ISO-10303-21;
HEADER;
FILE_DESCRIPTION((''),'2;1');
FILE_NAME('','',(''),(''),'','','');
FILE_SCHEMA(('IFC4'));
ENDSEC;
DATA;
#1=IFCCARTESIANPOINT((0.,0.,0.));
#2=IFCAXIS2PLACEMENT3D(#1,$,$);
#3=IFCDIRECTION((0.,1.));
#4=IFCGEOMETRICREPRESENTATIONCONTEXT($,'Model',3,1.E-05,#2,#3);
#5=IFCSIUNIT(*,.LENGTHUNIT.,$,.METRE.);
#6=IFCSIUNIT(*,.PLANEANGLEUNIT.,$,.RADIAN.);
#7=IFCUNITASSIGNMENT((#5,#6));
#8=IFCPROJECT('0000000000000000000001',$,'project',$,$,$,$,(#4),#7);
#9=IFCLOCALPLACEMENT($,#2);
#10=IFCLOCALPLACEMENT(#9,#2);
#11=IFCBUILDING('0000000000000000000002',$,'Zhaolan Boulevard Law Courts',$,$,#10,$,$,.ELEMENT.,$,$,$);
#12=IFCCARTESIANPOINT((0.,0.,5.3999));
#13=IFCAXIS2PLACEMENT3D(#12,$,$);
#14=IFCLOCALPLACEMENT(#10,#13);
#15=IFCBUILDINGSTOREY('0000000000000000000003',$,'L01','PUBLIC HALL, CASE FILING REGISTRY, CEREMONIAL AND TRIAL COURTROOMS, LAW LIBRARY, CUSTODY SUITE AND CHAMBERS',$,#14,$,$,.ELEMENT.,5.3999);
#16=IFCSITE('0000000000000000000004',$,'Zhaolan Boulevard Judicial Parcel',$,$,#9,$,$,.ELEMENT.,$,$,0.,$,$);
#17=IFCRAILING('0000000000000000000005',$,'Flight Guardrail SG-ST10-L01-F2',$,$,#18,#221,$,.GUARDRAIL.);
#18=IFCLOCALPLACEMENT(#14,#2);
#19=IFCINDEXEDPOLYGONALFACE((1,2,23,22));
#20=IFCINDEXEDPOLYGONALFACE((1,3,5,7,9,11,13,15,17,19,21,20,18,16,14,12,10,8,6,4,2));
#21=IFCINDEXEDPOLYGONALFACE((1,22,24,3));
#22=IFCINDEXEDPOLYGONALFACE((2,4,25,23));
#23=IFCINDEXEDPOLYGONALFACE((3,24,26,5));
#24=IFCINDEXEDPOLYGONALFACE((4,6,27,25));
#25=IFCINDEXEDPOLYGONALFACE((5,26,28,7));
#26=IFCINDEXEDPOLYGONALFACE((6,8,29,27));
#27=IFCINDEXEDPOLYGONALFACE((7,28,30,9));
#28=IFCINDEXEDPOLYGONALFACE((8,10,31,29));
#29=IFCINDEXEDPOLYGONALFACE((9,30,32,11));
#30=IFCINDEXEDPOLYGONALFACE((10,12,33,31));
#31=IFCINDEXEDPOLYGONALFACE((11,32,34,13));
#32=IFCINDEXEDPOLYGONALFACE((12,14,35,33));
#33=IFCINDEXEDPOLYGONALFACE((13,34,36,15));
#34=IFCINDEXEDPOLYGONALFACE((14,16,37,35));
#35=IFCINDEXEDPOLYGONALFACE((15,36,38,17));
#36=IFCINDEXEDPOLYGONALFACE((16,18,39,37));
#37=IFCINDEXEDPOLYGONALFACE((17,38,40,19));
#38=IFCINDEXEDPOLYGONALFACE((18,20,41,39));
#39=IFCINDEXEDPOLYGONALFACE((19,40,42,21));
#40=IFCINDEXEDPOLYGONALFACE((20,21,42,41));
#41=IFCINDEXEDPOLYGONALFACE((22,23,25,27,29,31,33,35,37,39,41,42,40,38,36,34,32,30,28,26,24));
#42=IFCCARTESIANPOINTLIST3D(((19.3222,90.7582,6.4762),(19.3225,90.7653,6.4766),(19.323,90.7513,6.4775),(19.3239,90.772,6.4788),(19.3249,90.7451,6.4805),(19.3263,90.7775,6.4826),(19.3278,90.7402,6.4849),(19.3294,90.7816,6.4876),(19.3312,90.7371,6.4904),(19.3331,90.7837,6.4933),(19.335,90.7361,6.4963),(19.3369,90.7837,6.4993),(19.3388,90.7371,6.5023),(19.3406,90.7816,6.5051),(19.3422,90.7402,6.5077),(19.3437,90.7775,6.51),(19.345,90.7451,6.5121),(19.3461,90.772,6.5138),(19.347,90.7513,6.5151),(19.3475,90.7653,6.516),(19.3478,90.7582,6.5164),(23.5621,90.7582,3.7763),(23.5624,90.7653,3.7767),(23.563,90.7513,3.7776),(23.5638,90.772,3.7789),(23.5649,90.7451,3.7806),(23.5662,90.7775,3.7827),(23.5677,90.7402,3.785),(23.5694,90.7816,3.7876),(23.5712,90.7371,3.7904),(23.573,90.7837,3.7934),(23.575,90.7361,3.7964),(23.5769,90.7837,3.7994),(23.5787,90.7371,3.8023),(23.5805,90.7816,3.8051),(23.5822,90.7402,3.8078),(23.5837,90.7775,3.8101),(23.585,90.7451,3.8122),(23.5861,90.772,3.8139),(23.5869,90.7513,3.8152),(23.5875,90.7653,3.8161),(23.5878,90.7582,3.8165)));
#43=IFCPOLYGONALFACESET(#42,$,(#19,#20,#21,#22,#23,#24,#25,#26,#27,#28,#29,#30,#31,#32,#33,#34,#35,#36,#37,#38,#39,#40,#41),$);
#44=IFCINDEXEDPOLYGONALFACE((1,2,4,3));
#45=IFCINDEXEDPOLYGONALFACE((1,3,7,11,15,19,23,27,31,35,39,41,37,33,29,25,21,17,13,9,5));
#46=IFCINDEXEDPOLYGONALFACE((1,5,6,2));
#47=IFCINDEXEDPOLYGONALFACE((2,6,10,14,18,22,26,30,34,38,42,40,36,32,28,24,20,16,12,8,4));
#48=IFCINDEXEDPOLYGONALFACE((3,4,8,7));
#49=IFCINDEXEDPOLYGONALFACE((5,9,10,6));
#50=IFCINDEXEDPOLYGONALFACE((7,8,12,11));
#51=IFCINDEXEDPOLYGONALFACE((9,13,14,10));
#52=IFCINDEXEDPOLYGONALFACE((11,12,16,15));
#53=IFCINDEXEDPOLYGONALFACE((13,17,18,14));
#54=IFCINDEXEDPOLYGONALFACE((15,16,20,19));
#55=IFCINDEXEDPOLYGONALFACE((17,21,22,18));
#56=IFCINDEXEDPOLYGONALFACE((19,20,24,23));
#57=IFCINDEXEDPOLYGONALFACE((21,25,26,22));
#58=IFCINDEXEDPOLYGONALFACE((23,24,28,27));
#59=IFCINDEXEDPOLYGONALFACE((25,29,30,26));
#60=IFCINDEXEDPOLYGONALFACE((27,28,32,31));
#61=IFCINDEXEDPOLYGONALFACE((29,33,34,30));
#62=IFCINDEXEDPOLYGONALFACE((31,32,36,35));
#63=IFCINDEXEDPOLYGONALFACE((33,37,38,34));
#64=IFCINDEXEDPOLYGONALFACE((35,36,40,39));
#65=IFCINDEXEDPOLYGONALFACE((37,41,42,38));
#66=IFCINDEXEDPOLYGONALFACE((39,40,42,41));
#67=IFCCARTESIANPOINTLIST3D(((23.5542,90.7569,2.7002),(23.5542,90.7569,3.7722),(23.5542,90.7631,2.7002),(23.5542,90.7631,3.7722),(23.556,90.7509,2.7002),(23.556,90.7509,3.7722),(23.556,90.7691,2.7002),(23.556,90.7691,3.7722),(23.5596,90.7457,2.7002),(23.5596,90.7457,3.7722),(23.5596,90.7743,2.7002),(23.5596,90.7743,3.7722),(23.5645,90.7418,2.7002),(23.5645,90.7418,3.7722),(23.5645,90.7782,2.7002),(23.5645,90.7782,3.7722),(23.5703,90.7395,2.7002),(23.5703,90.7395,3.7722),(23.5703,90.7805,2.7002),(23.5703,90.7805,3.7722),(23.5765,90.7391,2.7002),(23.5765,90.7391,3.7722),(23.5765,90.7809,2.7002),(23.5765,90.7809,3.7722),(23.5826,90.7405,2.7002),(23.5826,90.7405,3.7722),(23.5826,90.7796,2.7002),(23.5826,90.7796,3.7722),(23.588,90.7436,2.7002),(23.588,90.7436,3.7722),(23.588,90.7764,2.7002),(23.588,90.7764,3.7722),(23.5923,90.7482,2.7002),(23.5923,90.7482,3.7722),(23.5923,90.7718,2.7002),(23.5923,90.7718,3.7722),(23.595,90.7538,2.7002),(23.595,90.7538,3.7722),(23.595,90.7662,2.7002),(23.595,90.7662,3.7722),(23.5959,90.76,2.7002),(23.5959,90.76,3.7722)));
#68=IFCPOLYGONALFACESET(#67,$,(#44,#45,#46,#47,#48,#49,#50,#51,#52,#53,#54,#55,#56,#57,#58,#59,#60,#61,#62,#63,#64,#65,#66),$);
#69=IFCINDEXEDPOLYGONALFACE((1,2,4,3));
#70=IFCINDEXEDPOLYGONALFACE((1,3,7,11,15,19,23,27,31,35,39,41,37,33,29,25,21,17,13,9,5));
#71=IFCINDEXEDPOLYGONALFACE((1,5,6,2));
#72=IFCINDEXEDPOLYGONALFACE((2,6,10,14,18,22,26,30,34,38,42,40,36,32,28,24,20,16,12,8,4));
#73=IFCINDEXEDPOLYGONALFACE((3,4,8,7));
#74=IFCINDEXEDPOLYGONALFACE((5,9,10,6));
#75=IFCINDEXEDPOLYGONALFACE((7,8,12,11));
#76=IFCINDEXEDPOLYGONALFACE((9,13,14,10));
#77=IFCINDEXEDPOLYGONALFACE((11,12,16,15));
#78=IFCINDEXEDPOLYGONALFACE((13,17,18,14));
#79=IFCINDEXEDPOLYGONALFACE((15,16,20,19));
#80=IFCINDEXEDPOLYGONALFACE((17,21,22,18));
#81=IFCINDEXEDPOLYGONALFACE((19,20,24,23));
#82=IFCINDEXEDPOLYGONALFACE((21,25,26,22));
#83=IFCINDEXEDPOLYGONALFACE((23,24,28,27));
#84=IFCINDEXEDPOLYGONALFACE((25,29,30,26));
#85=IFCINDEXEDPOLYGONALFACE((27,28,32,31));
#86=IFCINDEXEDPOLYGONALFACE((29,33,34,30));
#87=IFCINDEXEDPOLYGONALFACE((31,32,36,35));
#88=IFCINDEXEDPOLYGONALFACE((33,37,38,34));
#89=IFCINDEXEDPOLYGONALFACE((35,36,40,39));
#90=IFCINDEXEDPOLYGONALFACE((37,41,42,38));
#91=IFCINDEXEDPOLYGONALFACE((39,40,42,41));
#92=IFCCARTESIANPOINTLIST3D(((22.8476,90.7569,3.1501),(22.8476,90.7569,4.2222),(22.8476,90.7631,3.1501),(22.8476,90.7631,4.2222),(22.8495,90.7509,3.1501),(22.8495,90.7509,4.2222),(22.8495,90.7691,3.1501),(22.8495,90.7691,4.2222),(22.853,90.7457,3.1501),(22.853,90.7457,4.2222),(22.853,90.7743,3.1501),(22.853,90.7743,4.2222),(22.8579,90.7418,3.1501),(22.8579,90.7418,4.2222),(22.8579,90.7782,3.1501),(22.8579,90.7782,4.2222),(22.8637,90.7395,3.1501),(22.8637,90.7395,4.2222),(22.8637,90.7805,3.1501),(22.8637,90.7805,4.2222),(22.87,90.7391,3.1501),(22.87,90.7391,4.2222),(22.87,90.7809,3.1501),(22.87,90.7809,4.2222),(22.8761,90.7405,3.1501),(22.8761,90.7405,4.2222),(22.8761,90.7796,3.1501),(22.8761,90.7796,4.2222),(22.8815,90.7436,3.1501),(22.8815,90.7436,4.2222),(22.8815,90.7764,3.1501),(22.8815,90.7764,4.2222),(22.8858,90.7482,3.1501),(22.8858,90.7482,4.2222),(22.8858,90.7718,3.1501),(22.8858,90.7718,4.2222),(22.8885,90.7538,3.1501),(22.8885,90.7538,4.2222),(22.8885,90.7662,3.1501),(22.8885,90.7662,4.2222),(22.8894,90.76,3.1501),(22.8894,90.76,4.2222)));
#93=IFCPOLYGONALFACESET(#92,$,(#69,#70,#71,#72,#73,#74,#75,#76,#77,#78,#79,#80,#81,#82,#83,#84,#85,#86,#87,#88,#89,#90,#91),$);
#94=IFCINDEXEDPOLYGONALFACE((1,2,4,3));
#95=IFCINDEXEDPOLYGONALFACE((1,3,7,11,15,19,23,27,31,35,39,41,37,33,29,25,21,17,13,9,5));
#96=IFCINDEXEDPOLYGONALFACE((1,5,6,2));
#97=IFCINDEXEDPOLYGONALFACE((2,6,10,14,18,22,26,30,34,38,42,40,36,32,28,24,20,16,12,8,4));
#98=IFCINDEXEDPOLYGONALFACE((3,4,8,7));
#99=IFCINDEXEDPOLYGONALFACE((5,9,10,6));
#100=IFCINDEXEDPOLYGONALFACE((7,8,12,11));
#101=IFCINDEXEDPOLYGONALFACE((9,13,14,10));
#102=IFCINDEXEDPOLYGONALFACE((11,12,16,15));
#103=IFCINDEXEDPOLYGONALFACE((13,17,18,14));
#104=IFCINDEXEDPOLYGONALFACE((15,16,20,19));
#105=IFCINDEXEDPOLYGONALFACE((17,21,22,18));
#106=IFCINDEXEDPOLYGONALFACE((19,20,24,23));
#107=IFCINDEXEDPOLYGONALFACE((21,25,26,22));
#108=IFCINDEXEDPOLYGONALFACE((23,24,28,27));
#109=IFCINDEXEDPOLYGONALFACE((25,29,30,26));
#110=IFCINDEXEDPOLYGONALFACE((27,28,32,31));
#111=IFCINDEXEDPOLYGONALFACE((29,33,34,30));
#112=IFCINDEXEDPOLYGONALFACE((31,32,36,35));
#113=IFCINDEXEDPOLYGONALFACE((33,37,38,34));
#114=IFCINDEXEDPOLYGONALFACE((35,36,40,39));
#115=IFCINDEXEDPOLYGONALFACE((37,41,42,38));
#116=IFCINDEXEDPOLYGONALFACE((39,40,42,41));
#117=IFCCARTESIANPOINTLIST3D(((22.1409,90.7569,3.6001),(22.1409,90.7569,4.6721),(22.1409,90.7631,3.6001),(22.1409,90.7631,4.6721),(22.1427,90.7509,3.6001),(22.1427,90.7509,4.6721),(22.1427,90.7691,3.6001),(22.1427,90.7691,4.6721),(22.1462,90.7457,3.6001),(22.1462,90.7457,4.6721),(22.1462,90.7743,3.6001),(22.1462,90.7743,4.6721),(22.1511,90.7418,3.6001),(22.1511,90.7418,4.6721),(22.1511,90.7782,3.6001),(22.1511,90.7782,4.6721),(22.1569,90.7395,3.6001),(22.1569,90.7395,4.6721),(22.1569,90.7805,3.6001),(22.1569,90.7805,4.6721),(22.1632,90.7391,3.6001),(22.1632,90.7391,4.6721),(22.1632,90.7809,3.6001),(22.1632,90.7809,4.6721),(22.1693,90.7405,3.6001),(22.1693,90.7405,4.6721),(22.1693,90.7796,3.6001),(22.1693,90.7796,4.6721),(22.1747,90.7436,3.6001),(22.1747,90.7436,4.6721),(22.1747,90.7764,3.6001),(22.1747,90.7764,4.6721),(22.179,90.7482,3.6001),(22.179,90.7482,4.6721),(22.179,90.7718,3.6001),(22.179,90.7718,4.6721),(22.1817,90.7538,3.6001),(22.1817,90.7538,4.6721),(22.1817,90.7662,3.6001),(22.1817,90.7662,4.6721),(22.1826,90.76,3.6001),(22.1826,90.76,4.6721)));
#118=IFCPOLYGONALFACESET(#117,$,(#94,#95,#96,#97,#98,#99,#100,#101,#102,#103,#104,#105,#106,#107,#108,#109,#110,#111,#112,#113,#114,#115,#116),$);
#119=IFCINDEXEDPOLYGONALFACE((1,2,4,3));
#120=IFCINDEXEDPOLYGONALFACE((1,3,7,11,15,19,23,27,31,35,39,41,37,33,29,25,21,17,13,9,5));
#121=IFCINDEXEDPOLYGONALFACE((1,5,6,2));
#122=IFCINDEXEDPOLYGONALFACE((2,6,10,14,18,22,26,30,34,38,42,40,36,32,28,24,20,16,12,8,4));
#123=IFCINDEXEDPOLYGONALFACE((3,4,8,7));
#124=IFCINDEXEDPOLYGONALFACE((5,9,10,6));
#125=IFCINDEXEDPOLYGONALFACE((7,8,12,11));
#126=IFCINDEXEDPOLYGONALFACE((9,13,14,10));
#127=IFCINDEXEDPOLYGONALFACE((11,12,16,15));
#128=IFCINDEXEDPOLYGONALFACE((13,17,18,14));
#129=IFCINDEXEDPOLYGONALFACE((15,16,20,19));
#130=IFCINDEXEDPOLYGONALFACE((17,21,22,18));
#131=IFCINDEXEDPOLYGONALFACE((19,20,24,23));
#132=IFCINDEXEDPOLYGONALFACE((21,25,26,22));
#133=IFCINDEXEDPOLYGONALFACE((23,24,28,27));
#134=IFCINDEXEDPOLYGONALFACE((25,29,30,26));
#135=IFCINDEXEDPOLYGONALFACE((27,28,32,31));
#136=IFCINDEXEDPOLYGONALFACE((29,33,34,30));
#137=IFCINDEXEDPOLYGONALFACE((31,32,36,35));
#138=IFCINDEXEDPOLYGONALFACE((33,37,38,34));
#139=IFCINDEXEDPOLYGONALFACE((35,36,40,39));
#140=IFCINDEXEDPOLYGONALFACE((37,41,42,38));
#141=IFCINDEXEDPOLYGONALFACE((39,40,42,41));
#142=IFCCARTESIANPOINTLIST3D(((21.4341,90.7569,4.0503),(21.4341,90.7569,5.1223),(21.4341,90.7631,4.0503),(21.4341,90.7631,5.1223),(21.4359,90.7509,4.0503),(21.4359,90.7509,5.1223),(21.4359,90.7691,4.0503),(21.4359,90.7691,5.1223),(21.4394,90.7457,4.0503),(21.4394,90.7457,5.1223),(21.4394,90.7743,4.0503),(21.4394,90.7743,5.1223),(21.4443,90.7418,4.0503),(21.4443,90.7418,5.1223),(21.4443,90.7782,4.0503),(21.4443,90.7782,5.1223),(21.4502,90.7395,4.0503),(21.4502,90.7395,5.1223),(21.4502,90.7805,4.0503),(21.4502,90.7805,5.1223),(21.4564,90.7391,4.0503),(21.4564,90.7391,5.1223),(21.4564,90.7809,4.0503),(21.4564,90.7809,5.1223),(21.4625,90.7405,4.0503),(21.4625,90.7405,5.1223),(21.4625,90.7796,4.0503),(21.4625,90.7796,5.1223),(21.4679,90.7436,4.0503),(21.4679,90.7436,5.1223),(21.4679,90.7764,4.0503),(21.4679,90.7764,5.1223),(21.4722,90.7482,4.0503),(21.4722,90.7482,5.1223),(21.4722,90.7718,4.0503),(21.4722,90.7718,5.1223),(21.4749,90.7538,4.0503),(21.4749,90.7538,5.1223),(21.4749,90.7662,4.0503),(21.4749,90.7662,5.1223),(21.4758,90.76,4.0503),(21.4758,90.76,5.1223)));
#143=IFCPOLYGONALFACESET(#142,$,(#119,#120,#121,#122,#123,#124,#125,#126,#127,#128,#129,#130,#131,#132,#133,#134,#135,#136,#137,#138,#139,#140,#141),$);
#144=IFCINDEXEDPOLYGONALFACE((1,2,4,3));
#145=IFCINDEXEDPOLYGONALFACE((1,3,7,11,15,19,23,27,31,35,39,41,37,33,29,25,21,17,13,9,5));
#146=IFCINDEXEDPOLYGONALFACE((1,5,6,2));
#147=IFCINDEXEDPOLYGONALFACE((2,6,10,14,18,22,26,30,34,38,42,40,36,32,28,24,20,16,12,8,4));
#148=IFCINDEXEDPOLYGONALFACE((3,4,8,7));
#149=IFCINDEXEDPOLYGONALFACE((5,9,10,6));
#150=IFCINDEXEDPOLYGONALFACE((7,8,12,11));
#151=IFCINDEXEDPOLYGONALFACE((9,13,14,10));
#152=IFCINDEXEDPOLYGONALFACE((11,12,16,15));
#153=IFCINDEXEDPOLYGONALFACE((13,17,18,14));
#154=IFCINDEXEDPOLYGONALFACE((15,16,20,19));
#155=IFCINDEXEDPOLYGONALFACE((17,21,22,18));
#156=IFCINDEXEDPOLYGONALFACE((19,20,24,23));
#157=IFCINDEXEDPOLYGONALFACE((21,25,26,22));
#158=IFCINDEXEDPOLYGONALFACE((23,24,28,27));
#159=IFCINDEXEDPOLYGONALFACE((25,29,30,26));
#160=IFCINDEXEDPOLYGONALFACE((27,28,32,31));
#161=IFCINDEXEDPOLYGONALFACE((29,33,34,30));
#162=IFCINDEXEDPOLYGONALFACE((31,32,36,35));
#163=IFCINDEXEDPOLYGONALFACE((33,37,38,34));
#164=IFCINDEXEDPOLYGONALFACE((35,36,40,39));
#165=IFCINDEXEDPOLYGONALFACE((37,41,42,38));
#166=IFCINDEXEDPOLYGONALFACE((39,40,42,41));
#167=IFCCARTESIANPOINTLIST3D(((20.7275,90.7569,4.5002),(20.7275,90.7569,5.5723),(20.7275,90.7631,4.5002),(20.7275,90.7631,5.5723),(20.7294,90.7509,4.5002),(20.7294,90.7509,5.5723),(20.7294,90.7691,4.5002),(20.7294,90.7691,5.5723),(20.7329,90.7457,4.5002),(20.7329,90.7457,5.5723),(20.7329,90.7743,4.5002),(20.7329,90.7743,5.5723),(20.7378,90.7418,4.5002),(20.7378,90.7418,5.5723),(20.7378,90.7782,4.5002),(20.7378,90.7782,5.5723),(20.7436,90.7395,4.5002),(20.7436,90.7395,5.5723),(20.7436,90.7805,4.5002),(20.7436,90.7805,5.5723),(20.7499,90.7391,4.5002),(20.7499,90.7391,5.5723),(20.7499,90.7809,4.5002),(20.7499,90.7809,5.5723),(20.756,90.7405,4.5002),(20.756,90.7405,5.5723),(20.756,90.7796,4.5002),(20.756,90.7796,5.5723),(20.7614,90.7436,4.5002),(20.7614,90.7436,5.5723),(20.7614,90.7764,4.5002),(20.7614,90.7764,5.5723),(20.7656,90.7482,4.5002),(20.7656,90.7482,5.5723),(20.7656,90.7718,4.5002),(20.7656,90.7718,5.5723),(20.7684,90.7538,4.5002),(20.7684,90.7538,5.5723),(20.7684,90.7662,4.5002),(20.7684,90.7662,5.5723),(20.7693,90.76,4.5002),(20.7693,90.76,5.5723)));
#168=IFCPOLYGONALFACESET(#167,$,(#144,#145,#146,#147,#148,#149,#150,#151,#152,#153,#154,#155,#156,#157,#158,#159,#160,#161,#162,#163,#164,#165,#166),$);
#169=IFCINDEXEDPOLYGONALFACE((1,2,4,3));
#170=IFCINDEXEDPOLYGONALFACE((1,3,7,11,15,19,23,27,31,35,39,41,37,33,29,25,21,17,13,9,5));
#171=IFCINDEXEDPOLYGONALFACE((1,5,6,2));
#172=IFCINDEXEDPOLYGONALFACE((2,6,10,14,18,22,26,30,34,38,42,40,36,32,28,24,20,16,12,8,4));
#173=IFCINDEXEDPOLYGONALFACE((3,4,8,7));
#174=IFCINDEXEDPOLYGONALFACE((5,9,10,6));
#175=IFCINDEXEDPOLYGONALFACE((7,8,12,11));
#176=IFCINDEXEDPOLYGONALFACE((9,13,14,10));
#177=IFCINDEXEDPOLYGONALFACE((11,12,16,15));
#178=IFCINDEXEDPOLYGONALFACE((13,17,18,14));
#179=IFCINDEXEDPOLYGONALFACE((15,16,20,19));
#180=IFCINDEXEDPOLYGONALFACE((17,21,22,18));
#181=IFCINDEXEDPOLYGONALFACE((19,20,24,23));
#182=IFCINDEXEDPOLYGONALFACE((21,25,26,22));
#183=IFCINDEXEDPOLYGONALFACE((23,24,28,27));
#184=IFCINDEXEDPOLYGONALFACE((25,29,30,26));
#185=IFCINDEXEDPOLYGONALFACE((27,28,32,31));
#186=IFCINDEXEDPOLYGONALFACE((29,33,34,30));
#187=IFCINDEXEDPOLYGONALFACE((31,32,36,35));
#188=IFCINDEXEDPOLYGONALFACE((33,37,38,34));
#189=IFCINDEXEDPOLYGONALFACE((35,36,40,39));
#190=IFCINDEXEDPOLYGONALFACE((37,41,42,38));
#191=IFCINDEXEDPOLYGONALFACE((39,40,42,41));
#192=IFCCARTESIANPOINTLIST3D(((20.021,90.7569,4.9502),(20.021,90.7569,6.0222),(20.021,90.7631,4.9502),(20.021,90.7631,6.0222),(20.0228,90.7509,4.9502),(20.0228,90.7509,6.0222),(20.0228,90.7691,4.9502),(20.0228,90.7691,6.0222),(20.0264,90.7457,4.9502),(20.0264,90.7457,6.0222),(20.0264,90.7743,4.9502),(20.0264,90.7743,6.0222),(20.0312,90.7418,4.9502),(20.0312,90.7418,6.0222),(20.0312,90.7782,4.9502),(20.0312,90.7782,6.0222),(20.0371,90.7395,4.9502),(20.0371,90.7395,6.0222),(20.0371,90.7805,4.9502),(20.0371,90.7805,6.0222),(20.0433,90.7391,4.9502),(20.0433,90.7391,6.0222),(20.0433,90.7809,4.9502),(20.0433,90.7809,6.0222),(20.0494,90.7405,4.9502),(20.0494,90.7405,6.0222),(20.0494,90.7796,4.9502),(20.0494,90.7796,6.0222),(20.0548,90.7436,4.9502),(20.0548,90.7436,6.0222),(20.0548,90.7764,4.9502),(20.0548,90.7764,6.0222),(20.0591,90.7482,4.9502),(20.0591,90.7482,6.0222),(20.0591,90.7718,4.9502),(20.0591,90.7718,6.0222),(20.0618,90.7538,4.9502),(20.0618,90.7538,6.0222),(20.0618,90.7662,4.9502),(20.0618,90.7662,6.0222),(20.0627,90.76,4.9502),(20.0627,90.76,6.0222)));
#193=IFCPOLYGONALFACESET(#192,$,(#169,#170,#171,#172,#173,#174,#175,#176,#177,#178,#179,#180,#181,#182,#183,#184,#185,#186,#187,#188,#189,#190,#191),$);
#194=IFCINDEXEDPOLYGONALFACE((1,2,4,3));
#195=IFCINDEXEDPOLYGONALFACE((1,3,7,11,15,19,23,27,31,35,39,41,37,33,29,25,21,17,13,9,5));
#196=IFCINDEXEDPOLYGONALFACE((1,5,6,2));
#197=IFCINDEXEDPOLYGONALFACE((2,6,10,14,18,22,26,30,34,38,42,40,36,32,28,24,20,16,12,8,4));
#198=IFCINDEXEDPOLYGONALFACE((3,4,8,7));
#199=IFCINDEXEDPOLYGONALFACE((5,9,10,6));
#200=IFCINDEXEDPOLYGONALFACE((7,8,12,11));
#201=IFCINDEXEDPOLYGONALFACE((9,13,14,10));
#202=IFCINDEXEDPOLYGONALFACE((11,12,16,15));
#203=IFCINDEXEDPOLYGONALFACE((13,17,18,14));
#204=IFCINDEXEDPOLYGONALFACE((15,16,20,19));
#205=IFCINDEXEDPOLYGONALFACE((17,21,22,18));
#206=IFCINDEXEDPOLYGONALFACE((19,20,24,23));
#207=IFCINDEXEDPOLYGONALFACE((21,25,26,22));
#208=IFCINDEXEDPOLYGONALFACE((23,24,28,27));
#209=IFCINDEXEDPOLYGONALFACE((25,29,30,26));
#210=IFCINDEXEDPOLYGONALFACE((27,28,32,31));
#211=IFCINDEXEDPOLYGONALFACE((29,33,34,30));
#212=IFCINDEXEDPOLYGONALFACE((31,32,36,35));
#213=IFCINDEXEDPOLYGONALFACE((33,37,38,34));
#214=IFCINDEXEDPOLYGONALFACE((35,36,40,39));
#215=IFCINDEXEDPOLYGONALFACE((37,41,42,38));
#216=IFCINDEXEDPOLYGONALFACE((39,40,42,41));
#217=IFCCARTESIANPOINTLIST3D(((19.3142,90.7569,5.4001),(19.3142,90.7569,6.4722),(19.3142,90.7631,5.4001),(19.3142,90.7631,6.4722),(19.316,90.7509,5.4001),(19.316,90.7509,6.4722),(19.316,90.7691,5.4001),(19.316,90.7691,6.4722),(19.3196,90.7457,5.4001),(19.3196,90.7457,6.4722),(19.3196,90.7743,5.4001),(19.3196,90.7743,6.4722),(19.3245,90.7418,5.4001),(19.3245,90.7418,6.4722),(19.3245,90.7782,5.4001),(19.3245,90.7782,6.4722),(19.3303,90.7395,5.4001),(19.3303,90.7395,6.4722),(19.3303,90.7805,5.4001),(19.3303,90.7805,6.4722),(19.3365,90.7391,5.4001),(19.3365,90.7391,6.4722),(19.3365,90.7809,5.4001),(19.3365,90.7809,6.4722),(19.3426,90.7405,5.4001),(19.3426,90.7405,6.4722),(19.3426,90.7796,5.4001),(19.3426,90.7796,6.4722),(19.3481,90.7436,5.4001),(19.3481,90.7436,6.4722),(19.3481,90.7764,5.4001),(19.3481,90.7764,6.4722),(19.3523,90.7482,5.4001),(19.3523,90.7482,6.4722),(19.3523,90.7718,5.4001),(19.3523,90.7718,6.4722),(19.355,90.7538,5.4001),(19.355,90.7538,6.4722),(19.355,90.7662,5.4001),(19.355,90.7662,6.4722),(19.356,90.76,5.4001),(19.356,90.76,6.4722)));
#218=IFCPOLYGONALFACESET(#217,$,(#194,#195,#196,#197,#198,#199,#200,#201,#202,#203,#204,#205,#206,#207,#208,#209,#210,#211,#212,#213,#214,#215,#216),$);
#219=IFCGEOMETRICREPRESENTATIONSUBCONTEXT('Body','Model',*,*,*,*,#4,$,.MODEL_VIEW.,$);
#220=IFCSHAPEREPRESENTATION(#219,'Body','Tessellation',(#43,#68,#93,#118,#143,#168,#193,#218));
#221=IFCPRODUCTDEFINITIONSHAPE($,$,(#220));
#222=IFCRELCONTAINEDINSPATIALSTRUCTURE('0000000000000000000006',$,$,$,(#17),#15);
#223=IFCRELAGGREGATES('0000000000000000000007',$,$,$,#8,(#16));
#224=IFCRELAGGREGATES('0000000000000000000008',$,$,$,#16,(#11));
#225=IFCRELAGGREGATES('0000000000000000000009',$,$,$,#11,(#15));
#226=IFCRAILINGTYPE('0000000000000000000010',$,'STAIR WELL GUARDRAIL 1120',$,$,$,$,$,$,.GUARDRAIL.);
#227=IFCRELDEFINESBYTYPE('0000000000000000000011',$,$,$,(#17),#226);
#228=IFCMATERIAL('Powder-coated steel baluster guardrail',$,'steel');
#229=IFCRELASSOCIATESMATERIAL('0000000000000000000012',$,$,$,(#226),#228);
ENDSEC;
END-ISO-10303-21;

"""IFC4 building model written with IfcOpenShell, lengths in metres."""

from ifc_helpers import new_model, si_unit, direction, frame, origin, origin_2d, place, context, subcontext, project, spatial, circle, extrude, material, type_object, element, save


model = new_model("IFC4")

# Units and contexts
model_context = context("Model", 3, precision=1e-05, world=origin(), true_north=direction((0.0, 1.0)))
body_context = subcontext(model_context, "Body", "Model", "MODEL_VIEW")
ifc_project = project(units=[si_unit("LENGTHUNIT", "METRE"), si_unit("PLANEANGLEUNIT", "RADIAN")], contexts=[model_context])

# Site, building, storey
site_placement = place(None, origin())
site = spatial("IfcSite", under=ifc_project, at=site_placement, Name="Zhaolan Boulevard Judicial Parcel", CompositionType="ELEMENT", RefElevation=0.0)
building_placement = place(site_placement, origin())
building = spatial("IfcBuilding", under=site, at=building_placement, Name="Zhaolan Boulevard Law Courts", CompositionType="ELEMENT")
storey_placement = place(building_placement, frame((0.0, 0.0, 5.3999)))
storey = spatial("IfcBuildingStorey", under=building, at=storey_placement, Name="L01", Description="PUBLIC HALL, CASE FILING REGISTRY, CEREMONIAL AND TRIAL COURTROOMS, LAW LIBRARY, CUSTODY SUITE AND CHAMBERS", CompositionType="ELEMENT", Elevation=5.3999)

# Railing
ifc_material_1 = material(Name="Powder-coated steel baluster guardrail", Category="steel")
railing_type_1 = type_object("IfcRailingType", Name="STAIR WELL GUARDRAIL 1120", PredefinedType="GUARDRAIL", material=ifc_material_1)
railing_1_placement = place(storey_placement, frame((23.575, 90.76, 2.7002)))
element("IfcRailing", 1, at=railing_1_placement, inside=storey, type_object=railing_type_1, Name="Flight Guardrail SG-ST10-L01-F2", PredefinedType="GUARDRAIL", context=body_context, shape_type="SweptSolid", body=[
    extrude(circle(Radius=0.0239, at=origin_2d()), frame((0.0, 0.0, 1.0962), z_axis=(-0.843501, 0.0, 0.537127), x_axis=(0.0, -1.0, 0.0)), (0.0, 0.0, 1.0), 5.0266),
    extrude(circle(Radius=0.021, at=origin_2d()), origin(), (0.0, 0.0, 1.0), 1.072),
    extrude(circle(Radius=0.021, at=origin_2d()), frame((-0.7065, 0.0, 0.45)), (0.0, 0.0, 1.0), 1.072),
    extrude(circle(Radius=0.021, at=origin_2d()), frame((-1.4133, 0.0, 0.8999)), (0.0, 0.0, 1.0), 1.072),
    extrude(circle(Radius=0.021, at=origin_2d()), frame((-2.1201, 0.0, 1.3501)), (0.0, 0.0, 1.0), 1.072),
    extrude(circle(Radius=0.021, at=origin_2d()), frame((-2.8267, 0.0, 1.8)), (0.0, 0.0, 1.0), 1.072),
    extrude(circle(Radius=0.021, at=origin_2d()), frame((-3.5332, 0.0, 2.25)), (0.0, 0.0, 1.0), 1.072),
    extrude(circle(Radius=0.021, at=origin_2d()), frame((-4.24, 0.0, 2.7)), (0.0, 0.0, 1.0), 1.072),
])

save(model, "model.ifc")
